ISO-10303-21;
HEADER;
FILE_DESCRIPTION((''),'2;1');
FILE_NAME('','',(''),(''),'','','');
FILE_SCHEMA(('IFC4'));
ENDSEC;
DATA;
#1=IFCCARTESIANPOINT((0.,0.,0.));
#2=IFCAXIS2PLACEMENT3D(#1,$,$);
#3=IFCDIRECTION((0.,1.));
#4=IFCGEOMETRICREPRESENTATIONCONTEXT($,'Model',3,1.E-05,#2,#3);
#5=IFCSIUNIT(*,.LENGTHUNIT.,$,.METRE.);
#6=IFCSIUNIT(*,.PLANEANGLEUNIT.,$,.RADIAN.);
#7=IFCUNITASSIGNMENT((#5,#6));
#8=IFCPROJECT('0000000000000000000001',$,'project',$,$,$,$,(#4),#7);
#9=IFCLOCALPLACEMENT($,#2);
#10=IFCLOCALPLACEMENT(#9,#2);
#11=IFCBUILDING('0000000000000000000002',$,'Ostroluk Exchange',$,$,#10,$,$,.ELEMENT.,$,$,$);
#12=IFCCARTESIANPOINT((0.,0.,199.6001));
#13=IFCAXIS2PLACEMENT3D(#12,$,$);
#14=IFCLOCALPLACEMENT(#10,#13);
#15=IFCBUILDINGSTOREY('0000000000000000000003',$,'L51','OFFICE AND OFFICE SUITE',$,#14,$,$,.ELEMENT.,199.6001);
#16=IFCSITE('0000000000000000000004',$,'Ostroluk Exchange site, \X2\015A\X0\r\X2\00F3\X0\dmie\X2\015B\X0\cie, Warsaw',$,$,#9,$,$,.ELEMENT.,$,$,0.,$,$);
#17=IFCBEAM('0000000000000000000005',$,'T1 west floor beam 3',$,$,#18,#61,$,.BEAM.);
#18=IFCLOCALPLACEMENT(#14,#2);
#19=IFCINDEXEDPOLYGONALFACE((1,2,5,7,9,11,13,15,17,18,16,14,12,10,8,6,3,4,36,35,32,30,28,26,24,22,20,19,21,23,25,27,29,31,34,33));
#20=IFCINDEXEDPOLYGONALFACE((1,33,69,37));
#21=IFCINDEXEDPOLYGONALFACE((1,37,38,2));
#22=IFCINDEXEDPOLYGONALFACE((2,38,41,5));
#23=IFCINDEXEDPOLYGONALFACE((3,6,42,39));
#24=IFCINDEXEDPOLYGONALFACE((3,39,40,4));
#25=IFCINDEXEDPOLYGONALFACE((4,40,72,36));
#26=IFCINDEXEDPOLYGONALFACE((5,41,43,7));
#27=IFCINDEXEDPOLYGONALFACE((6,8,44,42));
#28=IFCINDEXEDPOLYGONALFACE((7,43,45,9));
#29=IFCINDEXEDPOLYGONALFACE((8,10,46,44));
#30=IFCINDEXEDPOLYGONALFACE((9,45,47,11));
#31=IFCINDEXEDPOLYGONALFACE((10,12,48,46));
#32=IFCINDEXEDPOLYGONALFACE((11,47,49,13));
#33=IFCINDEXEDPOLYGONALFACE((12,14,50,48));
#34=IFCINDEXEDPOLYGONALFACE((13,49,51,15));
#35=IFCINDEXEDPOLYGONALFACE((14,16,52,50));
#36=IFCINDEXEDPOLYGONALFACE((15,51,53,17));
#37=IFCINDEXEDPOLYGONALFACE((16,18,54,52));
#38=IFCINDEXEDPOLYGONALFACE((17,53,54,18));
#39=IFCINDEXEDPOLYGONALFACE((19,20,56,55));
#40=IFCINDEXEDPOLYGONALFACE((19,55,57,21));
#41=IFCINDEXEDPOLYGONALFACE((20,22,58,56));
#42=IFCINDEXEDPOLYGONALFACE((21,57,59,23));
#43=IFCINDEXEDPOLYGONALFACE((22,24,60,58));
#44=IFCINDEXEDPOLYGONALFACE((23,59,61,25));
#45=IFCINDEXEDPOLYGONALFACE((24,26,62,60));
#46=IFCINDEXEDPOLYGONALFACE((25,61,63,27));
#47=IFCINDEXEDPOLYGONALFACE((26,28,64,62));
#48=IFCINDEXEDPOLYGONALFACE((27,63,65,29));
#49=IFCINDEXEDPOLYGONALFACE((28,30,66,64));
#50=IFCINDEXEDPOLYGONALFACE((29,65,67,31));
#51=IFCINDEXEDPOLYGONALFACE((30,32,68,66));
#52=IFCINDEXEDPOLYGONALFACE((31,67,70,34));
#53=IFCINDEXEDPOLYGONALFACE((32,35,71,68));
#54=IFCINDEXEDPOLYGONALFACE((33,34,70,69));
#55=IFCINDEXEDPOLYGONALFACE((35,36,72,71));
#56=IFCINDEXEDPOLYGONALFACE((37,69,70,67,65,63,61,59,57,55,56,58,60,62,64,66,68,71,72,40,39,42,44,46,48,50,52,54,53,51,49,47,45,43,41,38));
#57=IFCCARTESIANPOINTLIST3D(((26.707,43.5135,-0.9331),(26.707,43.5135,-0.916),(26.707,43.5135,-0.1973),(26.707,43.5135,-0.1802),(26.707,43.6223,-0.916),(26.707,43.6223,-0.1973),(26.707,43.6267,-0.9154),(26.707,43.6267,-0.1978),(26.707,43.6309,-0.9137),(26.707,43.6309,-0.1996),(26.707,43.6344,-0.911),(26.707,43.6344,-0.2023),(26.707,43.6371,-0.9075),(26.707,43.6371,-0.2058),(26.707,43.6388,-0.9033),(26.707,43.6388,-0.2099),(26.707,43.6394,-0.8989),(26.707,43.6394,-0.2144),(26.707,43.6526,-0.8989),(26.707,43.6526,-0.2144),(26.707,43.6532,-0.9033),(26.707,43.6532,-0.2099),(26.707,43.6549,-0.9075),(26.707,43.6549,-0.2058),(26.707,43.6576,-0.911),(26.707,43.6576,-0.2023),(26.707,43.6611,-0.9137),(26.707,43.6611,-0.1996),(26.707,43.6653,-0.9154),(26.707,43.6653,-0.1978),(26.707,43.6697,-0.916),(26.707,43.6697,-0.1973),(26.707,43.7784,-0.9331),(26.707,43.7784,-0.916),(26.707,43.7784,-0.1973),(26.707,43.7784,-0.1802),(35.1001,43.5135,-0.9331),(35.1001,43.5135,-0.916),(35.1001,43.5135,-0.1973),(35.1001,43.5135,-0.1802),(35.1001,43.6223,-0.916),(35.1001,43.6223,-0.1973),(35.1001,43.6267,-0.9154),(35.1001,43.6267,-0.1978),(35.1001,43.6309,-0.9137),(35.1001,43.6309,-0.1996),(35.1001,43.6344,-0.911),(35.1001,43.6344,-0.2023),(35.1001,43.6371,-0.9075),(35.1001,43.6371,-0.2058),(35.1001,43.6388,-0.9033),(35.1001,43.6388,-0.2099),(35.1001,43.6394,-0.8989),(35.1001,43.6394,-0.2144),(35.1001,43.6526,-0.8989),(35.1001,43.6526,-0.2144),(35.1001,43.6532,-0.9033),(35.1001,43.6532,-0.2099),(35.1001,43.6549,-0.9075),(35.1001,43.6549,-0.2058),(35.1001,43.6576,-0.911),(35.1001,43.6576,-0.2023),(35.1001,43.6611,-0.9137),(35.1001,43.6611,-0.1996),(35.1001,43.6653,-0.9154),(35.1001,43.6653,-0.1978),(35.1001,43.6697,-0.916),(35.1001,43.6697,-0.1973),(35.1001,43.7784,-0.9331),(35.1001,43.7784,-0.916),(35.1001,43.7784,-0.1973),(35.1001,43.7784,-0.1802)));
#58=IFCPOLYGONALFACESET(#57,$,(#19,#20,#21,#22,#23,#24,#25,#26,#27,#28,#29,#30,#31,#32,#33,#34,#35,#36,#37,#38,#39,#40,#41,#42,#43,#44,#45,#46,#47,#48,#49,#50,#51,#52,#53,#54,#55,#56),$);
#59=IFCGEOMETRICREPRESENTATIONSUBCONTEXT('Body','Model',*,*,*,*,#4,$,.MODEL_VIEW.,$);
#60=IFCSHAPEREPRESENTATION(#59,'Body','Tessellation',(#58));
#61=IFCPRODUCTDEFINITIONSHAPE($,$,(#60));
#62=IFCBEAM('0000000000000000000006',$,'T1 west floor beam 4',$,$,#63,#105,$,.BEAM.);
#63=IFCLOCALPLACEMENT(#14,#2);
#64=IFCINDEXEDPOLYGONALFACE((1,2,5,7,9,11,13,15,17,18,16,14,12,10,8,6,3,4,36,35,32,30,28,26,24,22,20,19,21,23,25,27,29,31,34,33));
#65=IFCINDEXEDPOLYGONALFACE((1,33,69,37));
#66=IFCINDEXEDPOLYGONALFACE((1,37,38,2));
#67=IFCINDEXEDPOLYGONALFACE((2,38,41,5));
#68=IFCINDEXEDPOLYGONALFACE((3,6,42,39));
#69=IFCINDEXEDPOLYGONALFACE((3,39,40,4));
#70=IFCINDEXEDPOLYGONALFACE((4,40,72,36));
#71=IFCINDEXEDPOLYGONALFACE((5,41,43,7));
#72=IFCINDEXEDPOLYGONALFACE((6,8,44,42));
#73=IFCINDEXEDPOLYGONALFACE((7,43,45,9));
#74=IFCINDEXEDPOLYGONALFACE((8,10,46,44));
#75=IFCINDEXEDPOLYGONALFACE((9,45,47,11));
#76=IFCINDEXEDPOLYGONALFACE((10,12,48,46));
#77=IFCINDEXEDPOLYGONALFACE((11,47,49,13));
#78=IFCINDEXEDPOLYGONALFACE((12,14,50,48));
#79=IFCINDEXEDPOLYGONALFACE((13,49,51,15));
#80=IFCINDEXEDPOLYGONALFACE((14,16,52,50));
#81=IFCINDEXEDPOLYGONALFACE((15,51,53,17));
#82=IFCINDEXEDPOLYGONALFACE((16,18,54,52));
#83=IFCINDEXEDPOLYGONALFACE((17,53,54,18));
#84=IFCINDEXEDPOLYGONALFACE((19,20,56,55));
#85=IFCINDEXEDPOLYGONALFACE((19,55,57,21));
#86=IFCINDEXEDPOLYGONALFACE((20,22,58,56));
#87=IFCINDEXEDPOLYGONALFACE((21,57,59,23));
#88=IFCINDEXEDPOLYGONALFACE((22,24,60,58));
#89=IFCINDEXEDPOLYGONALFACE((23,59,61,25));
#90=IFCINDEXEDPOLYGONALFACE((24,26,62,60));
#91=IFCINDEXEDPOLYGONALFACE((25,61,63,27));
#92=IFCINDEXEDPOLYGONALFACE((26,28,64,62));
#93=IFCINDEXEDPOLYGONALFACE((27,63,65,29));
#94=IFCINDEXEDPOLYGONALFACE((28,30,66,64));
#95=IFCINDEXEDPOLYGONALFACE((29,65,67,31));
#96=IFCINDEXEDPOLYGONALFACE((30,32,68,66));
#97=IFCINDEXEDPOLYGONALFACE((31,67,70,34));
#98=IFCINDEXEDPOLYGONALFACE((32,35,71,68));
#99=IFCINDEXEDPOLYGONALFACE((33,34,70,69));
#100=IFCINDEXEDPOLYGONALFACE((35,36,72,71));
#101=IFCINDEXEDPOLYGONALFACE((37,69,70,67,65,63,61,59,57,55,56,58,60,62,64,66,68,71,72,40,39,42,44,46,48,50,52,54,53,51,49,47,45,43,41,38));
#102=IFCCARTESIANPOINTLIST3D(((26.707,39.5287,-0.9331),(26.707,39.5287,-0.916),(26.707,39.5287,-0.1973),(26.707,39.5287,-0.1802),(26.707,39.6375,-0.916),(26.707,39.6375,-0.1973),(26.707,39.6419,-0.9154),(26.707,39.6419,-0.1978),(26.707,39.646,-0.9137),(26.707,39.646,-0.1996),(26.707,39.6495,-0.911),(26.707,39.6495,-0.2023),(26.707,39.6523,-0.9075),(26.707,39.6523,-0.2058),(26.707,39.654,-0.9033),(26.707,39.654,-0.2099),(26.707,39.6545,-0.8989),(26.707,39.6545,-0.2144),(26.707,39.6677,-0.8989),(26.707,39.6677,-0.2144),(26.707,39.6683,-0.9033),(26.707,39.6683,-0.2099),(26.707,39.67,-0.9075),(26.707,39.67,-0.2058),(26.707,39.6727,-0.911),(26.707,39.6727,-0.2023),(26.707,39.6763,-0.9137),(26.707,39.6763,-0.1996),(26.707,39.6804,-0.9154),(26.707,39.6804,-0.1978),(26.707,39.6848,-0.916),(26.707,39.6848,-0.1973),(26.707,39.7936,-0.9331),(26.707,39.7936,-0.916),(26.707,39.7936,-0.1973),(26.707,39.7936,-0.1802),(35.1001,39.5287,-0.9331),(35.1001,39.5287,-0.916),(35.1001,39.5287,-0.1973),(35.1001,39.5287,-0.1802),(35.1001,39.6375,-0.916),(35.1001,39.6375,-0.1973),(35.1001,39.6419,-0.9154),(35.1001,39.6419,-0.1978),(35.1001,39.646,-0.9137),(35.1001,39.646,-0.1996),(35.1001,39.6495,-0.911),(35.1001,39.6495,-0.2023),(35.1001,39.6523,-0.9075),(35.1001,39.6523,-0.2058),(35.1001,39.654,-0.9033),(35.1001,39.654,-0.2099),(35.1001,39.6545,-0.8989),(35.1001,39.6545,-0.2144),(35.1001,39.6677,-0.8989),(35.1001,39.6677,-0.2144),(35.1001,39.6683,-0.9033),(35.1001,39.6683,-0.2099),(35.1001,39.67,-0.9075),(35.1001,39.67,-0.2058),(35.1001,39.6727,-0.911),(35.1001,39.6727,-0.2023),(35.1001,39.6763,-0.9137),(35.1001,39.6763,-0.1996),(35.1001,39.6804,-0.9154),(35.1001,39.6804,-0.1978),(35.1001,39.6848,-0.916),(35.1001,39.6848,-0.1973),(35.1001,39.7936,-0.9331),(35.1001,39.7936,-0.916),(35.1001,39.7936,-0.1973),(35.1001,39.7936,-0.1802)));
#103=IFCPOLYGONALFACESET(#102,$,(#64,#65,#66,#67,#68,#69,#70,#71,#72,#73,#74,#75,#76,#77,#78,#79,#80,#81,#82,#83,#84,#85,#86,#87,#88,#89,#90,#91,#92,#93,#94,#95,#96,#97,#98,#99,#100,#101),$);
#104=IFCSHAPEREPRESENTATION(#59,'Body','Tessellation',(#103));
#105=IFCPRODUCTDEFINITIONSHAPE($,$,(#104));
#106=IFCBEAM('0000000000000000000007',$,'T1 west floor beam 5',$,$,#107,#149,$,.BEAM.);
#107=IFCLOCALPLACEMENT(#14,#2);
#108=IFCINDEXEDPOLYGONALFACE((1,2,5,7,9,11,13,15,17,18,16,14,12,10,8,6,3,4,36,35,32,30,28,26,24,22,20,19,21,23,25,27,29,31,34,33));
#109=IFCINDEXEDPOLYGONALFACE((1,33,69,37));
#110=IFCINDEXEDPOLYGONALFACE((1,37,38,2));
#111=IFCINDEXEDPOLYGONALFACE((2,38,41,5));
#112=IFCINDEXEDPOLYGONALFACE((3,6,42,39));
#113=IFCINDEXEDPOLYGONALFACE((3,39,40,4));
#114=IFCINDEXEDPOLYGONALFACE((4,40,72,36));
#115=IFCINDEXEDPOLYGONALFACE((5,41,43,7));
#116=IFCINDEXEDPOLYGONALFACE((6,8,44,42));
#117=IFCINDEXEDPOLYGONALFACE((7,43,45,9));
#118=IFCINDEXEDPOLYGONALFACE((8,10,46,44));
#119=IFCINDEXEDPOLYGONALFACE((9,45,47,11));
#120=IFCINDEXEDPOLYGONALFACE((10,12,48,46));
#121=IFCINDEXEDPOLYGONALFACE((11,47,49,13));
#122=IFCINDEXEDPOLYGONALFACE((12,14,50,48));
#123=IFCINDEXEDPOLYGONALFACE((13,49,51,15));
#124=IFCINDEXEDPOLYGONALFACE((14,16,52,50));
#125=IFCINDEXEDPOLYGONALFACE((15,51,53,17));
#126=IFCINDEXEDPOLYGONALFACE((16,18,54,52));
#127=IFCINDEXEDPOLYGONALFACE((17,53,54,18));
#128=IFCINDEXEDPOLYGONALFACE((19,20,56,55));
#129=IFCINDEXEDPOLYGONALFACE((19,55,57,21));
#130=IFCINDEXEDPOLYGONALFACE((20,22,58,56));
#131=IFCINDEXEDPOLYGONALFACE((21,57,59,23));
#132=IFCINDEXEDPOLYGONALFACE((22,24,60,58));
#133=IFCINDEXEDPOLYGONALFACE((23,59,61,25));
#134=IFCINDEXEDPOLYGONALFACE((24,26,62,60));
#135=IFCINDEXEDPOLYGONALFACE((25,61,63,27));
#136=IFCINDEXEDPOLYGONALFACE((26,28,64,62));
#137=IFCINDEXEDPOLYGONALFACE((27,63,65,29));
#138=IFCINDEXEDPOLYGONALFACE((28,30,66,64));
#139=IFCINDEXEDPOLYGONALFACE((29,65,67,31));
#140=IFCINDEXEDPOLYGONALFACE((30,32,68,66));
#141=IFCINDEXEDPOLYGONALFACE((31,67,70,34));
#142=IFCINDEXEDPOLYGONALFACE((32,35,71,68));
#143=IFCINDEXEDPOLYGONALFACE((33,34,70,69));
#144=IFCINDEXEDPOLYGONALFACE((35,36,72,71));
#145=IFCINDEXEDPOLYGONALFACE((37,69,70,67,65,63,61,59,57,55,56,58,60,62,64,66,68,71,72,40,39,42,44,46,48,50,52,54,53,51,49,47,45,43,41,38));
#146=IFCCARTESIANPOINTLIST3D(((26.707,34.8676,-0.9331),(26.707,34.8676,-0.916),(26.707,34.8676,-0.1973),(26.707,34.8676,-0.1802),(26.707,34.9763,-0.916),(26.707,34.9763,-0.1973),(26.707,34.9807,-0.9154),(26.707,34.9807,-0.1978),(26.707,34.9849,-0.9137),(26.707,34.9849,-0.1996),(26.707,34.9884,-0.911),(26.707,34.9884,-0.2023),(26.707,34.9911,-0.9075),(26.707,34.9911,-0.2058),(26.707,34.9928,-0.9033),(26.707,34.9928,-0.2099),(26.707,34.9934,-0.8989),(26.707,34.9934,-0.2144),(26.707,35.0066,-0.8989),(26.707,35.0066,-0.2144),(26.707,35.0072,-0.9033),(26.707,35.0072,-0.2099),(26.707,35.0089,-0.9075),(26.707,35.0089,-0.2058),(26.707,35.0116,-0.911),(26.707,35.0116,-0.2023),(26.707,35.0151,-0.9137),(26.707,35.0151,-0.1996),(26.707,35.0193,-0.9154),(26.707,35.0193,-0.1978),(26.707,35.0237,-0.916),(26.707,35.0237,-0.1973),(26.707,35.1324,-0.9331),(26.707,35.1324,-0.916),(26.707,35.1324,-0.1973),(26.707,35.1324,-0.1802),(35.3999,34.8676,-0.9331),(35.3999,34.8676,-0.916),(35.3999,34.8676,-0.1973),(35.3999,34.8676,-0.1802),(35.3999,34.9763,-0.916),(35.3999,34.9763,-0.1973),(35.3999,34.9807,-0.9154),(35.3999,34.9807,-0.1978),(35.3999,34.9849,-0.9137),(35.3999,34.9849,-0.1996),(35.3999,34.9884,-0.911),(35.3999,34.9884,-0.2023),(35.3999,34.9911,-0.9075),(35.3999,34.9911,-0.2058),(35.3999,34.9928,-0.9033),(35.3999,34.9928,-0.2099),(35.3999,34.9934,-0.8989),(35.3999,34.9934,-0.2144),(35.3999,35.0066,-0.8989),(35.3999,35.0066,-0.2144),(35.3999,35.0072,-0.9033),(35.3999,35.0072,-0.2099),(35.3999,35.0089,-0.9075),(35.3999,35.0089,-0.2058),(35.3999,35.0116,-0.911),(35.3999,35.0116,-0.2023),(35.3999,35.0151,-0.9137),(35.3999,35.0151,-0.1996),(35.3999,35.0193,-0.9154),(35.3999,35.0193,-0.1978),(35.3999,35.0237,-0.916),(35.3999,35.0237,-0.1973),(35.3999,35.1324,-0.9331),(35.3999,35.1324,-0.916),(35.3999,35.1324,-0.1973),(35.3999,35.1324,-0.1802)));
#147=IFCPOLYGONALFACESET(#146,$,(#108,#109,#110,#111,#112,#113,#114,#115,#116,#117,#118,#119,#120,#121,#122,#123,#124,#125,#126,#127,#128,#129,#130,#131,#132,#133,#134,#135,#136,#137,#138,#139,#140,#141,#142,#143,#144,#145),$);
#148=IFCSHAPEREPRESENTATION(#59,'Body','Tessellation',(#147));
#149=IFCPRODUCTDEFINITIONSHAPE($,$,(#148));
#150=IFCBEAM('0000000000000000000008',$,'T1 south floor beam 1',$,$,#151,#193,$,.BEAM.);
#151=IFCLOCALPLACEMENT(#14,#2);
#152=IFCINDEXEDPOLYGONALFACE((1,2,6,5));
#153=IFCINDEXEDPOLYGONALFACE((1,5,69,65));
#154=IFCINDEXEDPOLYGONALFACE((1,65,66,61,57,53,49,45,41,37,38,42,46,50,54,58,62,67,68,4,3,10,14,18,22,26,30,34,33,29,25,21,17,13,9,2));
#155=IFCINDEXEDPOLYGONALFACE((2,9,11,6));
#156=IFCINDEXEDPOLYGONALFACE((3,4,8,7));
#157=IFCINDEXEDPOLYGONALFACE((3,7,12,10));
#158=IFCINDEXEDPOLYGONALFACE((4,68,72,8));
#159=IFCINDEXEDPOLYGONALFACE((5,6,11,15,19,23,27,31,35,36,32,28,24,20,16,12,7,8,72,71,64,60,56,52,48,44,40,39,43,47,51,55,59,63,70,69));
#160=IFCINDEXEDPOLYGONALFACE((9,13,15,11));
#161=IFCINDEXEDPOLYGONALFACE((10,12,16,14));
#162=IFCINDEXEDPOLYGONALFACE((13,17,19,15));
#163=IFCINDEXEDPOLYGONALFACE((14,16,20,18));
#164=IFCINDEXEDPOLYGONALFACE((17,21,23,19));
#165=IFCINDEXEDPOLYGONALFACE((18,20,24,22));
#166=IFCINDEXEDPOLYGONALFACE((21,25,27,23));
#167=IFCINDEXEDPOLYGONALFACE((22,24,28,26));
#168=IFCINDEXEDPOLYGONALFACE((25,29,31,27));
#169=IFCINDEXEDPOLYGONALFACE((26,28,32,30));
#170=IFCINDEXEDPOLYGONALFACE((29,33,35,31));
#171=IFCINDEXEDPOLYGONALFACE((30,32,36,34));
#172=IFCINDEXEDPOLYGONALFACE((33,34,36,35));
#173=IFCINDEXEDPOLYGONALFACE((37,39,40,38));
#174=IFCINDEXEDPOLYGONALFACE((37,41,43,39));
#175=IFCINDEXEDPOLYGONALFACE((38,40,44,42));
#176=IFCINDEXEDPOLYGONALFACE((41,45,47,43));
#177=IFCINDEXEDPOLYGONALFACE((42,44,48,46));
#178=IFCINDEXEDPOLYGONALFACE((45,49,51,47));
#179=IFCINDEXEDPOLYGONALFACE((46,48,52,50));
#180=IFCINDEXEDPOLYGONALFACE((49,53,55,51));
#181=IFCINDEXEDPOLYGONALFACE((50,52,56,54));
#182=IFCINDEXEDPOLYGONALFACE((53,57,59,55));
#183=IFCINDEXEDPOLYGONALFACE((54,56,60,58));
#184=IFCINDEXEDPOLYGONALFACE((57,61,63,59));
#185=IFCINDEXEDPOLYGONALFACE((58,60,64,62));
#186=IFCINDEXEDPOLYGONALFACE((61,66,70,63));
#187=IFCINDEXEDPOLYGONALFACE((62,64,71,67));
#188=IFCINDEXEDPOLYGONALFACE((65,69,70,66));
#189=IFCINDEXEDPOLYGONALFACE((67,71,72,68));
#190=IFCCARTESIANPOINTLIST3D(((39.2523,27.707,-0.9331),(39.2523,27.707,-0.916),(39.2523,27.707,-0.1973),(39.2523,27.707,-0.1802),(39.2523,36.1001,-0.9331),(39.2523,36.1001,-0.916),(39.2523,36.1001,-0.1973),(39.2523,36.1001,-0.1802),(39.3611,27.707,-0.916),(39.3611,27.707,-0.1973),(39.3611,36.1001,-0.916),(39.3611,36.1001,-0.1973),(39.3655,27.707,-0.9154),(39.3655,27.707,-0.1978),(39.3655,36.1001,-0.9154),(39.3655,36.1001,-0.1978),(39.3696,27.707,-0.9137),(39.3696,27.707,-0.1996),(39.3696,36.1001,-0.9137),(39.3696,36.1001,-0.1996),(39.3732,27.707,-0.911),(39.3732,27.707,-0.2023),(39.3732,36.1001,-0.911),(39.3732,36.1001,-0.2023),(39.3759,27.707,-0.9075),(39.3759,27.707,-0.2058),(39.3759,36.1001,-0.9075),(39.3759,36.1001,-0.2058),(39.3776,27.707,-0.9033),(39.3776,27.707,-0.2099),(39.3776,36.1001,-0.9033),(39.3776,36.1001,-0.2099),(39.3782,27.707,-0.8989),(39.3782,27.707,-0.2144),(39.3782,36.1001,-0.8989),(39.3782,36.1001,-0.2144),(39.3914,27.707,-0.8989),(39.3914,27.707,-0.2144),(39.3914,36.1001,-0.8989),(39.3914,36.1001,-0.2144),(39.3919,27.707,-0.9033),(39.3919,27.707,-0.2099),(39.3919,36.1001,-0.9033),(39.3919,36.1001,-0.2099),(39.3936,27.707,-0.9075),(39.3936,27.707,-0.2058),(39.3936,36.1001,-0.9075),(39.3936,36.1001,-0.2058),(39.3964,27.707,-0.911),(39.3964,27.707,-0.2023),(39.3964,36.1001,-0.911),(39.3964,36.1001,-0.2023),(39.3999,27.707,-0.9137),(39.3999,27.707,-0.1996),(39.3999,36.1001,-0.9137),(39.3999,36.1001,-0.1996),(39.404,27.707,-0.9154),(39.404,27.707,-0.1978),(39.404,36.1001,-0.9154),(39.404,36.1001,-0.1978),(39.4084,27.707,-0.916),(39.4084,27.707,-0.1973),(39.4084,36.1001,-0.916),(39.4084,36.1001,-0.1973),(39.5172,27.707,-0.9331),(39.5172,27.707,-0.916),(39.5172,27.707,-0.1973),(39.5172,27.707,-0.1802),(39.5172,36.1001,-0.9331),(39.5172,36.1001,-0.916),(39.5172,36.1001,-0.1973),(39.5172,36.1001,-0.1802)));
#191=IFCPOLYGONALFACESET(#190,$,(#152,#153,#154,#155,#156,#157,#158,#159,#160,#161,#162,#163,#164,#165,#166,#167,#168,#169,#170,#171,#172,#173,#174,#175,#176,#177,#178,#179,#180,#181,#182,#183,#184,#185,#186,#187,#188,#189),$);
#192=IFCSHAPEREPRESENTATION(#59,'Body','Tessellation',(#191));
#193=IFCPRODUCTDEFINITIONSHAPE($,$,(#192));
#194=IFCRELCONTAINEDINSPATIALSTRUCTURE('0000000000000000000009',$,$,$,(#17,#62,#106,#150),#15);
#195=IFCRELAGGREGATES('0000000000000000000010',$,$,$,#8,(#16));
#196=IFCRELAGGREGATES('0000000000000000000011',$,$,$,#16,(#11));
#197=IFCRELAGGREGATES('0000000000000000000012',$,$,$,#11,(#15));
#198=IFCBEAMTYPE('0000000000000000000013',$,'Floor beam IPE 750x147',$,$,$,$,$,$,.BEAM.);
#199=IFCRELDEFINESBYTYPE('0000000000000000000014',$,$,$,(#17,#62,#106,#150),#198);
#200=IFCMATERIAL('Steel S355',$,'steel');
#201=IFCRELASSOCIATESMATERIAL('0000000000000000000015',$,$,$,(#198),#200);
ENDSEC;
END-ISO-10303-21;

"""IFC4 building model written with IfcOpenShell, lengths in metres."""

from ifc_helpers import new_model, si_unit, direction, frame, origin, origin_2d, place, context, subcontext, project, spatial, i_section, extrude, material, material_profile, profile_set, type_object, element, save


model = new_model("IFC4")

# Units and contexts
model_context = context("Model", 3, precision=1e-05, world=origin(), true_north=direction((0.0, 1.0)))
body_context = subcontext(model_context, "Body", "Model", "MODEL_VIEW")
ifc_project = project(units=[si_unit("LENGTHUNIT", "METRE"), si_unit("PLANEANGLEUNIT", "RADIAN")], contexts=[model_context])

# Site, building, storey
site_placement = place(None, origin())
site = spatial("IfcSite", under=ifc_project, at=site_placement, Name="Ostroluk Exchange site, Śródmieście, Warsaw", CompositionType="ELEMENT", RefElevation=0.0)
building_placement = place(site_placement, origin())
building = spatial("IfcBuilding", under=site, at=building_placement, Name="Ostroluk Exchange", CompositionType="ELEMENT")
storey_placement = place(building_placement, frame((0.0, 0.0, 199.6001)))
storey = spatial("IfcBuildingStorey", under=building, at=storey_placement, Name="L51", Description="OFFICE AND OFFICE SUITE", CompositionType="ELEMENT", Elevation=199.6001)

# Beams
ifc_material_1 = material(Name="Steel S355", Category="steel")
ifc_material_profile_1 = material_profile(ifc_material_1, i_section(OverallWidth=0.2649, OverallDepth=0.7529, WebThickness=0.0132, FlangeThickness=0.0171, FilletRadius=0.0171, at=origin_2d()), Name="IPE 750x147")
ifc_profile_set_1 = profile_set([ifc_material_profile_1], Name="Steel S355")
beam_type_1 = type_object("IfcBeamType", Name="Floor beam IPE 750x147", PredefinedType="BEAM", material=ifc_profile_set_1)
for number, where, z_axis, x_axis, name in (
    (1, (35.1001, 43.646, -0.5566), (-1.0, 0.0, 0.0), (0.0, -1.0, 0.0), "T1 west floor beam 3"),
    (2, (35.1001, 39.6611, -0.5566), (-1.0, 0.0, 0.0), (0.0, -1.0, 0.0), "T1 west floor beam 4"),
):
    element("IfcBeam", number, at=place(storey_placement, frame(where, z_axis=z_axis, x_axis=x_axis)), inside=storey, type_object=beam_type_1, Name=name, PredefinedType="BEAM", context=body_context, shape_type="SweptSolid", body=[
        extrude(i_section(OverallWidth=0.2649, OverallDepth=0.7529, WebThickness=0.0132, FlangeThickness=0.0171, FilletRadius=0.0171, at=origin_2d()), origin(), (0.0, 0.0, 1.0), 8.3931),
    ])
beam_1_placement = place(storey_placement, frame((35.3999, 35.0, -0.5566), z_axis=(-1.0, 0.0, 0.0), x_axis=(0.0, -1.0, 0.0)))
element("IfcBeam", 3, at=beam_1_placement, inside=storey, type_object=beam_type_1, Name="T1 west floor beam 5", PredefinedType="BEAM", context=body_context, shape_type="SweptSolid", body=[
    extrude(i_section(OverallWidth=0.2649, OverallDepth=0.7529, WebThickness=0.0132, FlangeThickness=0.0171, FilletRadius=0.0171, at=origin_2d()), origin(), (0.0, 0.0, 1.0), 8.6929),
])
beam_2_placement = place(storey_placement, frame((39.3848, 36.1001, -0.5566), z_axis=(0.0, -1.0, 0.0), x_axis=(1.0, 0.0, 0.0)))
element("IfcBeam", 4, at=beam_2_placement, inside=storey, type_object=beam_type_1, Name="T1 south floor beam 1", PredefinedType="BEAM", context=body_context, shape_type="SweptSolid", body=[
    extrude(i_section(OverallWidth=0.2649, OverallDepth=0.7529, WebThickness=0.0132, FlangeThickness=0.0171, FilletRadius=0.0171, at=origin_2d()), origin(), (0.0, 0.0, 1.0), 8.3931),
])

save(model, "model.ifc")
